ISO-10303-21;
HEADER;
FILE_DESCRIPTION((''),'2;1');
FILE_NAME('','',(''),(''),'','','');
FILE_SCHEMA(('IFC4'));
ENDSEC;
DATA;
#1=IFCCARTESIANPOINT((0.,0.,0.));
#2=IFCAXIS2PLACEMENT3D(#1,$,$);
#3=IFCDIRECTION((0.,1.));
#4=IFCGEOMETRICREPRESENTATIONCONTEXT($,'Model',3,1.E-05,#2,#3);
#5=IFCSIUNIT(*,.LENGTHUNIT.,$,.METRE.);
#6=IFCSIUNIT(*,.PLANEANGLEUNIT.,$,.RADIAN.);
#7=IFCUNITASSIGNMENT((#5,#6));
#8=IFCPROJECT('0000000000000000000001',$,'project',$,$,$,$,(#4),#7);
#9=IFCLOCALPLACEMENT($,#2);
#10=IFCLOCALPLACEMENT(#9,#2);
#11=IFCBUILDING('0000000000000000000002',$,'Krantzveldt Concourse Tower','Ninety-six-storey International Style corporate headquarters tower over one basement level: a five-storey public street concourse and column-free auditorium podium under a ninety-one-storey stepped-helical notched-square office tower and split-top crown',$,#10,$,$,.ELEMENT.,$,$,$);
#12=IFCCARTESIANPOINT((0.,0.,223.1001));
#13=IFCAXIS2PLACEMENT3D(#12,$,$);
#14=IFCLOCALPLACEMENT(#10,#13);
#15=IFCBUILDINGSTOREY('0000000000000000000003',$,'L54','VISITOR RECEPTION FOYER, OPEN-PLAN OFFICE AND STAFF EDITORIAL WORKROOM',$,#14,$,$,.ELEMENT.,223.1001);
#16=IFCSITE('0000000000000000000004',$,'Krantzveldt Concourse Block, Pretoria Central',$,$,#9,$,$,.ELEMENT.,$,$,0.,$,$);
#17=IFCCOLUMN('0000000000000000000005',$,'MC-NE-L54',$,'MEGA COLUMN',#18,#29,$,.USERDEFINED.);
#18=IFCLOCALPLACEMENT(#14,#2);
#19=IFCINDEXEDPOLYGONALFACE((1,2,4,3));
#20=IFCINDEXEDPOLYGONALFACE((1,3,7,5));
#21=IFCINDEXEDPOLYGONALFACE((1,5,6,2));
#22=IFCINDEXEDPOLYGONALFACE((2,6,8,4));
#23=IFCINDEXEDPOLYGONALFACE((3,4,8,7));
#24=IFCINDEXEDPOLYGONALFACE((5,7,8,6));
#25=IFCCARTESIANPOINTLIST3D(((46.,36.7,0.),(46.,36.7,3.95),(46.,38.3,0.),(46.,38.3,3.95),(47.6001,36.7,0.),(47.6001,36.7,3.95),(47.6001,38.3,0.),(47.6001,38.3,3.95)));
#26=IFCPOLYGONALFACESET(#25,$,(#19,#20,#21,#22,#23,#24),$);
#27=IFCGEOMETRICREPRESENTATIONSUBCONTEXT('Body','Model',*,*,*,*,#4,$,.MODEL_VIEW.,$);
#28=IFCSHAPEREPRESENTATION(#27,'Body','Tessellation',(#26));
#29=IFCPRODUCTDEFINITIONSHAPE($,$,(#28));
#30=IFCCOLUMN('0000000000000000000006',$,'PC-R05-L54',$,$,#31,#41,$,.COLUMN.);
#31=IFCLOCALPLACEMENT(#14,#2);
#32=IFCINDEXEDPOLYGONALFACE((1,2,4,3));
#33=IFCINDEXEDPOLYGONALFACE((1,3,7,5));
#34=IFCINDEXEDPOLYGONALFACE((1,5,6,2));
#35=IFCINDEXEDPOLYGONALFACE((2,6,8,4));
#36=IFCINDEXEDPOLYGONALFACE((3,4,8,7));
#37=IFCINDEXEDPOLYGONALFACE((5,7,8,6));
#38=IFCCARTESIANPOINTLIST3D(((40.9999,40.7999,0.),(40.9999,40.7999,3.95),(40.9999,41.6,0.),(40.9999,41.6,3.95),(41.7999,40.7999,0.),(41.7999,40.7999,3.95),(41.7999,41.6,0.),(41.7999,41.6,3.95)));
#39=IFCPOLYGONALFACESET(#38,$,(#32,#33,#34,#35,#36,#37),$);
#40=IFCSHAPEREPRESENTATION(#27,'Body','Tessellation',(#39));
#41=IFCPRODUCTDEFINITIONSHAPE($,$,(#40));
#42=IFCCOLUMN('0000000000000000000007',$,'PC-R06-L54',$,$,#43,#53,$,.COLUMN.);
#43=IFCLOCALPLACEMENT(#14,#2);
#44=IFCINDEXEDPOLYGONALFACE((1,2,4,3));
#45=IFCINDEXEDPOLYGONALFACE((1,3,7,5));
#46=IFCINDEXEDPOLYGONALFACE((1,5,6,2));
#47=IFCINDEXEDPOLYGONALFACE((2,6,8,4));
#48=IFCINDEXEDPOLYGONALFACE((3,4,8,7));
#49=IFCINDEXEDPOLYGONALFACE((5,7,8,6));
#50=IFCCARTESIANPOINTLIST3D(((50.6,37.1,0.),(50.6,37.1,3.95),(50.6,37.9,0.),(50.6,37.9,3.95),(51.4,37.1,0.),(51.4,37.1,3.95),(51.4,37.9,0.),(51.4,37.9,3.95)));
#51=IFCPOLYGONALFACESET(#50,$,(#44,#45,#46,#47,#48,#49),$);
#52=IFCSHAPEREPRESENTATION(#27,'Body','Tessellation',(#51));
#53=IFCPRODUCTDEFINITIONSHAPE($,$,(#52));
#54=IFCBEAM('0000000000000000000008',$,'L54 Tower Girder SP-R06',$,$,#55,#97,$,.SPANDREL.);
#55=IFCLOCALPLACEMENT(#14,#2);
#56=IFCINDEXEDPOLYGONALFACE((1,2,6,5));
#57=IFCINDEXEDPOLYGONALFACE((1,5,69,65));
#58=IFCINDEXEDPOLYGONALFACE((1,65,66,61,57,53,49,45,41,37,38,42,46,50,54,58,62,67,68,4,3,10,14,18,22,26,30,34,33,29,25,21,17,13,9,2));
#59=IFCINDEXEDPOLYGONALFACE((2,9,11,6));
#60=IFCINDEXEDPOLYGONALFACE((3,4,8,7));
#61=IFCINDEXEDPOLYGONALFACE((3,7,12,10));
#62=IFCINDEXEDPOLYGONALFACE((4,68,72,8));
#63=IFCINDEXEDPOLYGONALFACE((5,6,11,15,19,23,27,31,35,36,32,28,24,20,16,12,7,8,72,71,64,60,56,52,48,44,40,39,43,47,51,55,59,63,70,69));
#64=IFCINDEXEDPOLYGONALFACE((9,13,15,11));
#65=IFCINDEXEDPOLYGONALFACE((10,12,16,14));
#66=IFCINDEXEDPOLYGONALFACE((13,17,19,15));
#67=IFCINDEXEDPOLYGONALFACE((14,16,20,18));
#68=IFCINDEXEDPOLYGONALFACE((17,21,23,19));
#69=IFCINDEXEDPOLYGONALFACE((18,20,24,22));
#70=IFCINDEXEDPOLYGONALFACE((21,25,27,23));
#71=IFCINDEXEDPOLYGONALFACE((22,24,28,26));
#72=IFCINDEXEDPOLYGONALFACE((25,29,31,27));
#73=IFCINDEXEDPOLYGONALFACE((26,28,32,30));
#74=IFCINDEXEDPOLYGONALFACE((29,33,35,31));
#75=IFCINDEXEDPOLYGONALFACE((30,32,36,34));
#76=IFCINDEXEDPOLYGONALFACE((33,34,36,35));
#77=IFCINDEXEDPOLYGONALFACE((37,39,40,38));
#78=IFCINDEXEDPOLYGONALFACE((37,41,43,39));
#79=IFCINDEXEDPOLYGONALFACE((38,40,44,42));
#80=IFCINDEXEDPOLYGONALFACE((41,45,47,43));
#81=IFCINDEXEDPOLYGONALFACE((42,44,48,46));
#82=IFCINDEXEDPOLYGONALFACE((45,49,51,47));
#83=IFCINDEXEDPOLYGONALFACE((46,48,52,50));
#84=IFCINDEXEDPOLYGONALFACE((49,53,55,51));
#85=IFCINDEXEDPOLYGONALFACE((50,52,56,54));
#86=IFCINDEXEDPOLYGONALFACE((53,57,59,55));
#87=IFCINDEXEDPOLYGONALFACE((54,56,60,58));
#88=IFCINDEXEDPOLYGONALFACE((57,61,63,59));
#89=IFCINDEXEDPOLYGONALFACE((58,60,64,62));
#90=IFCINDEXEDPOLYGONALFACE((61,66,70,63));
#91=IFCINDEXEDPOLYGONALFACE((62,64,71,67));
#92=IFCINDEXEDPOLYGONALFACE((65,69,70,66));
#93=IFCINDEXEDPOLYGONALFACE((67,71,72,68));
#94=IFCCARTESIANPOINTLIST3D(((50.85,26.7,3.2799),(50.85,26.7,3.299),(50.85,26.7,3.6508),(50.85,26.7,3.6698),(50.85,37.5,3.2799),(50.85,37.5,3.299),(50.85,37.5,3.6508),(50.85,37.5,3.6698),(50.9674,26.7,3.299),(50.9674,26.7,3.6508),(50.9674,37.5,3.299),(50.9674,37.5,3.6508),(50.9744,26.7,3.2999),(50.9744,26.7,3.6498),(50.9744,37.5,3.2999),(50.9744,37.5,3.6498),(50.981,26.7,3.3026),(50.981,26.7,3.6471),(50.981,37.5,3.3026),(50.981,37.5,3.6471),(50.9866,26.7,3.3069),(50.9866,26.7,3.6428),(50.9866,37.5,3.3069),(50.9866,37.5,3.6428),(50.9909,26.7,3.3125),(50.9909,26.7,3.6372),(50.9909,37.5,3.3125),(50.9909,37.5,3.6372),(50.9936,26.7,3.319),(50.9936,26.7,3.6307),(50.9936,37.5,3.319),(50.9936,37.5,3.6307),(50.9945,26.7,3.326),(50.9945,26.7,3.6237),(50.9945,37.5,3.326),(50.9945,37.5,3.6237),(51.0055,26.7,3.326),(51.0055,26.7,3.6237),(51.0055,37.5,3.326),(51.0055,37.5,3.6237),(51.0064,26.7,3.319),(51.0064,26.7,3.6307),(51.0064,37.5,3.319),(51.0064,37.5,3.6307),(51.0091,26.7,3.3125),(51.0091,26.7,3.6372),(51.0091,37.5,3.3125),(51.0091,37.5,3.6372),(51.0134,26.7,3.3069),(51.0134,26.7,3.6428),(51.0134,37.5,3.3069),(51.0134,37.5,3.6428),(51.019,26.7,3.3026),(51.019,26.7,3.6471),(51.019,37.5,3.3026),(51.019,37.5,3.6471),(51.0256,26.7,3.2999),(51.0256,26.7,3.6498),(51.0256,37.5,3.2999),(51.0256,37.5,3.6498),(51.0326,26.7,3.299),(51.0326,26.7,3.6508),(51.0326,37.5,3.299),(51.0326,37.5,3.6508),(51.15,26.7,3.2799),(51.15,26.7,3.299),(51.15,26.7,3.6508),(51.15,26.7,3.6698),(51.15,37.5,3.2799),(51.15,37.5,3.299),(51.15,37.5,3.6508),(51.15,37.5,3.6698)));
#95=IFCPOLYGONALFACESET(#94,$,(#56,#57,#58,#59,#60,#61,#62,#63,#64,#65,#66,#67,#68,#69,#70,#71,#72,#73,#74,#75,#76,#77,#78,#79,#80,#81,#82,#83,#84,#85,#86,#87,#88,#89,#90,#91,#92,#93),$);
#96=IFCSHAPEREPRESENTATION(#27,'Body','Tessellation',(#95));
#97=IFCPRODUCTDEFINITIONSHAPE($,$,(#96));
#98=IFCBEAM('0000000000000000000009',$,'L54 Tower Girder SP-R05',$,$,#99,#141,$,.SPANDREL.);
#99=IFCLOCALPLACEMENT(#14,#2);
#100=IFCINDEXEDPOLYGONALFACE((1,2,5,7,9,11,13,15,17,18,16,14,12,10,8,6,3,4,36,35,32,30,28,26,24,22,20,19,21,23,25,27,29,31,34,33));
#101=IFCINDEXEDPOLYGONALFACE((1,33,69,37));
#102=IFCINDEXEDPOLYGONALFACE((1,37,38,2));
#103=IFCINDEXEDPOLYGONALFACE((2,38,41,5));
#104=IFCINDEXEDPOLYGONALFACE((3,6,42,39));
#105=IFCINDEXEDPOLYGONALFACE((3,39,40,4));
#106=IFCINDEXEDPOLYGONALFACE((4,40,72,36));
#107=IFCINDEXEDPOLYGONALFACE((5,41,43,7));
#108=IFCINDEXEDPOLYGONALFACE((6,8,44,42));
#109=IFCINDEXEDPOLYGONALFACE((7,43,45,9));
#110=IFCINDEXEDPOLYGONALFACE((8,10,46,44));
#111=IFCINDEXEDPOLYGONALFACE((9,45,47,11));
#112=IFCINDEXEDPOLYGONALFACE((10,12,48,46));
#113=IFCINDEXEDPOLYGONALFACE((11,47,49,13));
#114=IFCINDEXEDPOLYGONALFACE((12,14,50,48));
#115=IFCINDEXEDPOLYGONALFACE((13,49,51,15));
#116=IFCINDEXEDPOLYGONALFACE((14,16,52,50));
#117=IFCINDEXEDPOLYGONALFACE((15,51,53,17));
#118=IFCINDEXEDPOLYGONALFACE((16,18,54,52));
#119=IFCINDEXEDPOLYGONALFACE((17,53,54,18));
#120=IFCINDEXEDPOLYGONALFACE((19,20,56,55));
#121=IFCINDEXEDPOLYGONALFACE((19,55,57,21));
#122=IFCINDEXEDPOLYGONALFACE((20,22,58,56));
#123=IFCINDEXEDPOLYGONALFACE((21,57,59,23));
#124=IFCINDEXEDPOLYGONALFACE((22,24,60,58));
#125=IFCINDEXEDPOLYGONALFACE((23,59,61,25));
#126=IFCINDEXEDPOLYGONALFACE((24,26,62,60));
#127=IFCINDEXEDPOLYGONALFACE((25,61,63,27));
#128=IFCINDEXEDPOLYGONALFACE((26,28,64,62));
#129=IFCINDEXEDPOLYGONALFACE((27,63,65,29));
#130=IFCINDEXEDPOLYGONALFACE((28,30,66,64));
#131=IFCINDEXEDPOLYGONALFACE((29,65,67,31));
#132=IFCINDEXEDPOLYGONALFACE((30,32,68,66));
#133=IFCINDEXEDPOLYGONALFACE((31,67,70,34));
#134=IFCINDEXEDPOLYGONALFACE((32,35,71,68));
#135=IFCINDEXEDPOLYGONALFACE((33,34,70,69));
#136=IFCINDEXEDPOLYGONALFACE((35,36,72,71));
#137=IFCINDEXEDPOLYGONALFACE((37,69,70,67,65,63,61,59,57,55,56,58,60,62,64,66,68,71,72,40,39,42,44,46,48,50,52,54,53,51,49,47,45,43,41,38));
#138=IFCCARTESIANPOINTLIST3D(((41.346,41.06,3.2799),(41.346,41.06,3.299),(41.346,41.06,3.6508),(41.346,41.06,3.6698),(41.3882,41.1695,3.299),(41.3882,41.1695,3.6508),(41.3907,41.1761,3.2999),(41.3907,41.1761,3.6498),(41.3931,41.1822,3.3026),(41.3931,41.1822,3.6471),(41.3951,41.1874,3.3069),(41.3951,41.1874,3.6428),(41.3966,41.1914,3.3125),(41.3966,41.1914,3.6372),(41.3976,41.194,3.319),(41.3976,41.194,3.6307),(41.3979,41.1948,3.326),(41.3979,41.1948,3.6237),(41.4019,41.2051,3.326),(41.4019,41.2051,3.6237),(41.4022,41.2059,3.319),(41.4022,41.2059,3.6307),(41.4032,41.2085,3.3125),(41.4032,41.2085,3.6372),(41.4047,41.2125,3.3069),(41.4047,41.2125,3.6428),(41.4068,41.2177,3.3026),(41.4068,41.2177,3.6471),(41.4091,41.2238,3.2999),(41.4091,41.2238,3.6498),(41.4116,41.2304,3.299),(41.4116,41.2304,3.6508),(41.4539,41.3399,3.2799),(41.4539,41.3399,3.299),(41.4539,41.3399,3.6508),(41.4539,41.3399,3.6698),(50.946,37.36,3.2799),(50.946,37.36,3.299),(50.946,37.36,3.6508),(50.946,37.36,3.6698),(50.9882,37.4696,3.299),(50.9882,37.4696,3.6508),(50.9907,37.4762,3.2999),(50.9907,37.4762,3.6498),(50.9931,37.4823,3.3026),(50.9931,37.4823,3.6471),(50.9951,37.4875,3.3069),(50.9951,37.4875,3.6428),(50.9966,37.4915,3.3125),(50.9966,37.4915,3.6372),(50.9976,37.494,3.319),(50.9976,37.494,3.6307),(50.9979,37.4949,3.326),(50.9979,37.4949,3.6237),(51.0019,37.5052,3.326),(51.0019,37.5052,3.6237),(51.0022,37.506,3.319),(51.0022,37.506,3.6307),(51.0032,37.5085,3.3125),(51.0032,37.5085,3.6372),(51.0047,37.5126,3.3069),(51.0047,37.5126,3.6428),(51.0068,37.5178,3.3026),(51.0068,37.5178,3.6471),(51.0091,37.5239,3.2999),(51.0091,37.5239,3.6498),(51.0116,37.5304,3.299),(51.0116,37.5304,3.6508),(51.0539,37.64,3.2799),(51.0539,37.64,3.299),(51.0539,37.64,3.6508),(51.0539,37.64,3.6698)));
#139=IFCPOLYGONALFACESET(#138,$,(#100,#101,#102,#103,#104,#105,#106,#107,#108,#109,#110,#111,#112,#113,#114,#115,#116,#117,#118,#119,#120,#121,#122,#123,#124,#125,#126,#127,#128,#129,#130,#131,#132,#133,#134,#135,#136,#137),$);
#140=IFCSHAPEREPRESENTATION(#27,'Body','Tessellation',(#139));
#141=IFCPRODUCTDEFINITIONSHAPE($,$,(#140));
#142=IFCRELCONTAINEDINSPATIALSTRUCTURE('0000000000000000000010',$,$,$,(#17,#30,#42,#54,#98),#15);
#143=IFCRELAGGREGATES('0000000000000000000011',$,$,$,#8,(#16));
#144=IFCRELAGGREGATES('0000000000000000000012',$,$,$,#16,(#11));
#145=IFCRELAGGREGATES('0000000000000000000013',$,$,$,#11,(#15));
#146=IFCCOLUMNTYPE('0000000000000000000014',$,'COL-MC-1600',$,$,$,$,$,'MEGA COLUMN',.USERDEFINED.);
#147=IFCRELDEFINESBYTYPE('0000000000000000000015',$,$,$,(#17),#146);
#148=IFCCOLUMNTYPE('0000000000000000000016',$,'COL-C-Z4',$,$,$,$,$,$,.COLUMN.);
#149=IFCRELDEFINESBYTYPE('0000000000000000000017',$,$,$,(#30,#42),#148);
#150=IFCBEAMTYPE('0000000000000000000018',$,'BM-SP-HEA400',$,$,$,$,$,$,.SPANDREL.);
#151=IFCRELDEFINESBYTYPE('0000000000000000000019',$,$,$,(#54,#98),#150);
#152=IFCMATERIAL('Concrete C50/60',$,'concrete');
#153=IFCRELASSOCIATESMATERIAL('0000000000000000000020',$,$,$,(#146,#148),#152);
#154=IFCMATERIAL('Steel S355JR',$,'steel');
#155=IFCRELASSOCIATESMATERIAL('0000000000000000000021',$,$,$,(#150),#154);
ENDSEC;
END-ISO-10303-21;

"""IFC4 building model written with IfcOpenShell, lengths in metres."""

from ifc_helpers import new_model, si_unit, direction, frame, origin, origin_2d, place, context, subcontext, project, spatial, rectangle, i_section, extrude, source, transform, mapped, material, material_profile, profile_set, type_object, type_shapes, element, save


model = new_model("IFC4")

# Units and contexts
model_context = context("Model", 3, precision=1e-05, world=origin(), true_north=direction((0.0, 1.0)))
body_context = subcontext(model_context, "Body", "Model", "MODEL_VIEW")
ifc_project = project(units=[si_unit("LENGTHUNIT", "METRE"), si_unit("PLANEANGLEUNIT", "RADIAN")], contexts=[model_context])

# Site, building, storey
site_placement = place(None, origin())
site = spatial("IfcSite", under=ifc_project, at=site_placement, Name="Krantzveldt Concourse Block, Pretoria Central", CompositionType="ELEMENT", RefElevation=0.0)
building_placement = place(site_placement, origin())
building = spatial("IfcBuilding", under=site, at=building_placement, Name="Krantzveldt Concourse Tower", Description="Ninety-six-storey International Style corporate headquarters tower over one basement level: a five-storey public street concourse and column-free auditorium podium under a ninety-one-storey stepped-helical notched-square office tower and split-top crown", CompositionType="ELEMENT")
storey_placement = place(building_placement, frame((0.0, 0.0, 223.1001)))
storey = spatial("IfcBuildingStorey", under=building, at=storey_placement, Name="L54", Description="VISITOR RECEPTION FOYER, OPEN-PLAN OFFICE AND STAFF EDITORIAL WORKROOM", CompositionType="ELEMENT", Elevation=223.1001)

# Columns
ifc_material_1 = material(Name="Concrete C50/60", Category="concrete")
ifc_material_profile_1 = material_profile(ifc_material_1, rectangle(XDim=1.6001, YDim=1.6001, at=origin_2d()), Name="Concrete C50/60", Category="concrete")
ifc_profile_set_1 = profile_set([ifc_material_profile_1], Name="Concrete C50/60 - RC 1600x1600")
column_type_1 = type_object("IfcColumnType", Name="COL-MC-1600", ElementType="MEGA COLUMN", PredefinedType="USERDEFINED", material=ifc_profile_set_1)
shared_shape_1 = source(origin(), body_context, "Body", "SweptSolid", [
    extrude(rectangle(XDim=1.6001, YDim=1.6001, at=origin_2d()), origin(), (0.0, 0.0, 1.0), 3.95),
])
type_shapes(column_type_1, [shared_shape_1])
column_placement = place(storey_placement, frame((46.8, 37.5, 0.0), z_axis=(0.0, 0.0, 1.0), x_axis=(1.0, 0.0, 0.0)))
element("IfcColumn", 1, at=column_placement, inside=storey, type_object=column_type_1, Name="MC-NE-L54", ObjectType="MEGA COLUMN", PredefinedType="USERDEFINED", context=body_context, shape_type="MappedRepresentation", body=[
    mapped(shared_shape_1, transform((0.0, 0.0, 0.0), x_axis=(1.0, 0.0, 0.0), y_axis=(0.0, 1.0, 0.0), z_axis=(0.0, 0.0, 1.0), scale=1.0)),
])
ifc_material_profile_2 = material_profile(ifc_material_1, rectangle(XDim=0.8, YDim=0.8, at=origin_2d()), Name="Concrete C50/60", Category="concrete")
ifc_profile_set_2 = profile_set([ifc_material_profile_2], Name="Concrete C50/60 - RC 800x800")
column_type_2 = type_object("IfcColumnType", Name="COL-C-Z4", PredefinedType="COLUMN", material=ifc_profile_set_2)
shared_shape_2 = source(origin(), body_context, "Body", "SweptSolid", [
    extrude(rectangle(XDim=0.8, YDim=0.8, at=origin_2d()), origin(), (0.0, 0.0, 1.0), 3.95),
])
type_shapes(column_type_2, [shared_shape_2])
for number, where, z_axis, x_axis, name in (
    (2, (41.3999, 41.2, 0.0), (0.0, 0.0, 1.0), (1.0, 0.0, 0.0), "PC-R05-L54"),
    (3, (51.0, 37.5, 0.0), (0.0, 0.0, 1.0), (1.0, 0.0, 0.0), "PC-R06-L54"),
):
    element("IfcColumn", number, at=place(storey_placement, frame(where, z_axis=z_axis, x_axis=x_axis)), inside=storey, type_object=column_type_2, Name=name, PredefinedType="COLUMN", context=body_context, shape_type="MappedRepresentation", body=[
        mapped(shared_shape_2, transform((0.0, 0.0, 0.0), x_axis=(1.0, 0.0, 0.0), y_axis=(0.0, 1.0, 0.0), z_axis=(0.0, 0.0, 1.0), scale=1.0)),
    ])

# Beams
ifc_material_2 = material(Name="Steel S355JR", Category="steel")
ifc_material_profile_3 = material_profile(ifc_material_2, i_section(OverallWidth=0.3, OverallDepth=0.3899, WebThickness=0.011, FlangeThickness=0.019, FilletRadius=0.0271, at=origin_2d()), Name="Steel S355JR", Category="steel")
ifc_profile_set_3 = profile_set([ifc_material_profile_3], Name="Steel S355JR - HEA 400")
beam_type_1 = type_object("IfcBeamType", Name="BM-SP-HEA400", PredefinedType="SPANDREL", material=ifc_profile_set_3)
shared_shape_3 = source(origin(), body_context, "Body", "SweptSolid", [
    extrude(i_section(OverallWidth=0.3, OverallDepth=0.3899, WebThickness=0.011, FlangeThickness=0.019, FilletRadius=0.0271, at=origin_2d()), origin(), (0.0, 0.0, 1.0), 10.8),
])
beam_1_placement = place(storey_placement, frame((51.0, 37.5, 3.4749), z_axis=(0.0, -1.0, 0.0), x_axis=(1.0, 0.0, 0.0)))
element("IfcBeam", 4, at=beam_1_placement, inside=storey, type_object=beam_type_1, Name="L54 Tower Girder SP-R06", PredefinedType="SPANDREL", context=body_context, shape_type="MappedRepresentation", body=[
    mapped(shared_shape_3, transform((0.0, 0.0, 0.0), x_axis=(1.0, 0.0, 0.0), y_axis=(0.0, 1.0, 0.0), z_axis=(0.0, 0.0, 1.0), scale=1.0)),
])
shared_shape_4 = source(origin(), body_context, "Body", "SweptSolid", [
    extrude(i_section(OverallWidth=0.3, OverallDepth=0.3899, WebThickness=0.011, FlangeThickness=0.019, FilletRadius=0.0271, at=origin_2d()), origin(), (0.0, 0.0, 1.0), 10.2883),
])
type_shapes(beam_type_1, [shared_shape_3, shared_shape_4])
beam_2_placement = place(storey_placement, frame((41.3999, 41.2, 3.4749), z_axis=(0.933098, -0.359623, 0.0), x_axis=(0.359623, 0.933098, 0.0)))
element("IfcBeam", 5, at=beam_2_placement, inside=storey, type_object=beam_type_1, Name="L54 Tower Girder SP-R05", PredefinedType="SPANDREL", context=body_context, shape_type="MappedRepresentation", body=[
    mapped(shared_shape_4, transform((0.0, 0.0, 0.0), x_axis=(1.0, 0.0, 0.0), y_axis=(0.0, 1.0, 0.0), z_axis=(0.0, 0.0, 1.0), scale=1.0)),
])

save(model, "model.ifc")
